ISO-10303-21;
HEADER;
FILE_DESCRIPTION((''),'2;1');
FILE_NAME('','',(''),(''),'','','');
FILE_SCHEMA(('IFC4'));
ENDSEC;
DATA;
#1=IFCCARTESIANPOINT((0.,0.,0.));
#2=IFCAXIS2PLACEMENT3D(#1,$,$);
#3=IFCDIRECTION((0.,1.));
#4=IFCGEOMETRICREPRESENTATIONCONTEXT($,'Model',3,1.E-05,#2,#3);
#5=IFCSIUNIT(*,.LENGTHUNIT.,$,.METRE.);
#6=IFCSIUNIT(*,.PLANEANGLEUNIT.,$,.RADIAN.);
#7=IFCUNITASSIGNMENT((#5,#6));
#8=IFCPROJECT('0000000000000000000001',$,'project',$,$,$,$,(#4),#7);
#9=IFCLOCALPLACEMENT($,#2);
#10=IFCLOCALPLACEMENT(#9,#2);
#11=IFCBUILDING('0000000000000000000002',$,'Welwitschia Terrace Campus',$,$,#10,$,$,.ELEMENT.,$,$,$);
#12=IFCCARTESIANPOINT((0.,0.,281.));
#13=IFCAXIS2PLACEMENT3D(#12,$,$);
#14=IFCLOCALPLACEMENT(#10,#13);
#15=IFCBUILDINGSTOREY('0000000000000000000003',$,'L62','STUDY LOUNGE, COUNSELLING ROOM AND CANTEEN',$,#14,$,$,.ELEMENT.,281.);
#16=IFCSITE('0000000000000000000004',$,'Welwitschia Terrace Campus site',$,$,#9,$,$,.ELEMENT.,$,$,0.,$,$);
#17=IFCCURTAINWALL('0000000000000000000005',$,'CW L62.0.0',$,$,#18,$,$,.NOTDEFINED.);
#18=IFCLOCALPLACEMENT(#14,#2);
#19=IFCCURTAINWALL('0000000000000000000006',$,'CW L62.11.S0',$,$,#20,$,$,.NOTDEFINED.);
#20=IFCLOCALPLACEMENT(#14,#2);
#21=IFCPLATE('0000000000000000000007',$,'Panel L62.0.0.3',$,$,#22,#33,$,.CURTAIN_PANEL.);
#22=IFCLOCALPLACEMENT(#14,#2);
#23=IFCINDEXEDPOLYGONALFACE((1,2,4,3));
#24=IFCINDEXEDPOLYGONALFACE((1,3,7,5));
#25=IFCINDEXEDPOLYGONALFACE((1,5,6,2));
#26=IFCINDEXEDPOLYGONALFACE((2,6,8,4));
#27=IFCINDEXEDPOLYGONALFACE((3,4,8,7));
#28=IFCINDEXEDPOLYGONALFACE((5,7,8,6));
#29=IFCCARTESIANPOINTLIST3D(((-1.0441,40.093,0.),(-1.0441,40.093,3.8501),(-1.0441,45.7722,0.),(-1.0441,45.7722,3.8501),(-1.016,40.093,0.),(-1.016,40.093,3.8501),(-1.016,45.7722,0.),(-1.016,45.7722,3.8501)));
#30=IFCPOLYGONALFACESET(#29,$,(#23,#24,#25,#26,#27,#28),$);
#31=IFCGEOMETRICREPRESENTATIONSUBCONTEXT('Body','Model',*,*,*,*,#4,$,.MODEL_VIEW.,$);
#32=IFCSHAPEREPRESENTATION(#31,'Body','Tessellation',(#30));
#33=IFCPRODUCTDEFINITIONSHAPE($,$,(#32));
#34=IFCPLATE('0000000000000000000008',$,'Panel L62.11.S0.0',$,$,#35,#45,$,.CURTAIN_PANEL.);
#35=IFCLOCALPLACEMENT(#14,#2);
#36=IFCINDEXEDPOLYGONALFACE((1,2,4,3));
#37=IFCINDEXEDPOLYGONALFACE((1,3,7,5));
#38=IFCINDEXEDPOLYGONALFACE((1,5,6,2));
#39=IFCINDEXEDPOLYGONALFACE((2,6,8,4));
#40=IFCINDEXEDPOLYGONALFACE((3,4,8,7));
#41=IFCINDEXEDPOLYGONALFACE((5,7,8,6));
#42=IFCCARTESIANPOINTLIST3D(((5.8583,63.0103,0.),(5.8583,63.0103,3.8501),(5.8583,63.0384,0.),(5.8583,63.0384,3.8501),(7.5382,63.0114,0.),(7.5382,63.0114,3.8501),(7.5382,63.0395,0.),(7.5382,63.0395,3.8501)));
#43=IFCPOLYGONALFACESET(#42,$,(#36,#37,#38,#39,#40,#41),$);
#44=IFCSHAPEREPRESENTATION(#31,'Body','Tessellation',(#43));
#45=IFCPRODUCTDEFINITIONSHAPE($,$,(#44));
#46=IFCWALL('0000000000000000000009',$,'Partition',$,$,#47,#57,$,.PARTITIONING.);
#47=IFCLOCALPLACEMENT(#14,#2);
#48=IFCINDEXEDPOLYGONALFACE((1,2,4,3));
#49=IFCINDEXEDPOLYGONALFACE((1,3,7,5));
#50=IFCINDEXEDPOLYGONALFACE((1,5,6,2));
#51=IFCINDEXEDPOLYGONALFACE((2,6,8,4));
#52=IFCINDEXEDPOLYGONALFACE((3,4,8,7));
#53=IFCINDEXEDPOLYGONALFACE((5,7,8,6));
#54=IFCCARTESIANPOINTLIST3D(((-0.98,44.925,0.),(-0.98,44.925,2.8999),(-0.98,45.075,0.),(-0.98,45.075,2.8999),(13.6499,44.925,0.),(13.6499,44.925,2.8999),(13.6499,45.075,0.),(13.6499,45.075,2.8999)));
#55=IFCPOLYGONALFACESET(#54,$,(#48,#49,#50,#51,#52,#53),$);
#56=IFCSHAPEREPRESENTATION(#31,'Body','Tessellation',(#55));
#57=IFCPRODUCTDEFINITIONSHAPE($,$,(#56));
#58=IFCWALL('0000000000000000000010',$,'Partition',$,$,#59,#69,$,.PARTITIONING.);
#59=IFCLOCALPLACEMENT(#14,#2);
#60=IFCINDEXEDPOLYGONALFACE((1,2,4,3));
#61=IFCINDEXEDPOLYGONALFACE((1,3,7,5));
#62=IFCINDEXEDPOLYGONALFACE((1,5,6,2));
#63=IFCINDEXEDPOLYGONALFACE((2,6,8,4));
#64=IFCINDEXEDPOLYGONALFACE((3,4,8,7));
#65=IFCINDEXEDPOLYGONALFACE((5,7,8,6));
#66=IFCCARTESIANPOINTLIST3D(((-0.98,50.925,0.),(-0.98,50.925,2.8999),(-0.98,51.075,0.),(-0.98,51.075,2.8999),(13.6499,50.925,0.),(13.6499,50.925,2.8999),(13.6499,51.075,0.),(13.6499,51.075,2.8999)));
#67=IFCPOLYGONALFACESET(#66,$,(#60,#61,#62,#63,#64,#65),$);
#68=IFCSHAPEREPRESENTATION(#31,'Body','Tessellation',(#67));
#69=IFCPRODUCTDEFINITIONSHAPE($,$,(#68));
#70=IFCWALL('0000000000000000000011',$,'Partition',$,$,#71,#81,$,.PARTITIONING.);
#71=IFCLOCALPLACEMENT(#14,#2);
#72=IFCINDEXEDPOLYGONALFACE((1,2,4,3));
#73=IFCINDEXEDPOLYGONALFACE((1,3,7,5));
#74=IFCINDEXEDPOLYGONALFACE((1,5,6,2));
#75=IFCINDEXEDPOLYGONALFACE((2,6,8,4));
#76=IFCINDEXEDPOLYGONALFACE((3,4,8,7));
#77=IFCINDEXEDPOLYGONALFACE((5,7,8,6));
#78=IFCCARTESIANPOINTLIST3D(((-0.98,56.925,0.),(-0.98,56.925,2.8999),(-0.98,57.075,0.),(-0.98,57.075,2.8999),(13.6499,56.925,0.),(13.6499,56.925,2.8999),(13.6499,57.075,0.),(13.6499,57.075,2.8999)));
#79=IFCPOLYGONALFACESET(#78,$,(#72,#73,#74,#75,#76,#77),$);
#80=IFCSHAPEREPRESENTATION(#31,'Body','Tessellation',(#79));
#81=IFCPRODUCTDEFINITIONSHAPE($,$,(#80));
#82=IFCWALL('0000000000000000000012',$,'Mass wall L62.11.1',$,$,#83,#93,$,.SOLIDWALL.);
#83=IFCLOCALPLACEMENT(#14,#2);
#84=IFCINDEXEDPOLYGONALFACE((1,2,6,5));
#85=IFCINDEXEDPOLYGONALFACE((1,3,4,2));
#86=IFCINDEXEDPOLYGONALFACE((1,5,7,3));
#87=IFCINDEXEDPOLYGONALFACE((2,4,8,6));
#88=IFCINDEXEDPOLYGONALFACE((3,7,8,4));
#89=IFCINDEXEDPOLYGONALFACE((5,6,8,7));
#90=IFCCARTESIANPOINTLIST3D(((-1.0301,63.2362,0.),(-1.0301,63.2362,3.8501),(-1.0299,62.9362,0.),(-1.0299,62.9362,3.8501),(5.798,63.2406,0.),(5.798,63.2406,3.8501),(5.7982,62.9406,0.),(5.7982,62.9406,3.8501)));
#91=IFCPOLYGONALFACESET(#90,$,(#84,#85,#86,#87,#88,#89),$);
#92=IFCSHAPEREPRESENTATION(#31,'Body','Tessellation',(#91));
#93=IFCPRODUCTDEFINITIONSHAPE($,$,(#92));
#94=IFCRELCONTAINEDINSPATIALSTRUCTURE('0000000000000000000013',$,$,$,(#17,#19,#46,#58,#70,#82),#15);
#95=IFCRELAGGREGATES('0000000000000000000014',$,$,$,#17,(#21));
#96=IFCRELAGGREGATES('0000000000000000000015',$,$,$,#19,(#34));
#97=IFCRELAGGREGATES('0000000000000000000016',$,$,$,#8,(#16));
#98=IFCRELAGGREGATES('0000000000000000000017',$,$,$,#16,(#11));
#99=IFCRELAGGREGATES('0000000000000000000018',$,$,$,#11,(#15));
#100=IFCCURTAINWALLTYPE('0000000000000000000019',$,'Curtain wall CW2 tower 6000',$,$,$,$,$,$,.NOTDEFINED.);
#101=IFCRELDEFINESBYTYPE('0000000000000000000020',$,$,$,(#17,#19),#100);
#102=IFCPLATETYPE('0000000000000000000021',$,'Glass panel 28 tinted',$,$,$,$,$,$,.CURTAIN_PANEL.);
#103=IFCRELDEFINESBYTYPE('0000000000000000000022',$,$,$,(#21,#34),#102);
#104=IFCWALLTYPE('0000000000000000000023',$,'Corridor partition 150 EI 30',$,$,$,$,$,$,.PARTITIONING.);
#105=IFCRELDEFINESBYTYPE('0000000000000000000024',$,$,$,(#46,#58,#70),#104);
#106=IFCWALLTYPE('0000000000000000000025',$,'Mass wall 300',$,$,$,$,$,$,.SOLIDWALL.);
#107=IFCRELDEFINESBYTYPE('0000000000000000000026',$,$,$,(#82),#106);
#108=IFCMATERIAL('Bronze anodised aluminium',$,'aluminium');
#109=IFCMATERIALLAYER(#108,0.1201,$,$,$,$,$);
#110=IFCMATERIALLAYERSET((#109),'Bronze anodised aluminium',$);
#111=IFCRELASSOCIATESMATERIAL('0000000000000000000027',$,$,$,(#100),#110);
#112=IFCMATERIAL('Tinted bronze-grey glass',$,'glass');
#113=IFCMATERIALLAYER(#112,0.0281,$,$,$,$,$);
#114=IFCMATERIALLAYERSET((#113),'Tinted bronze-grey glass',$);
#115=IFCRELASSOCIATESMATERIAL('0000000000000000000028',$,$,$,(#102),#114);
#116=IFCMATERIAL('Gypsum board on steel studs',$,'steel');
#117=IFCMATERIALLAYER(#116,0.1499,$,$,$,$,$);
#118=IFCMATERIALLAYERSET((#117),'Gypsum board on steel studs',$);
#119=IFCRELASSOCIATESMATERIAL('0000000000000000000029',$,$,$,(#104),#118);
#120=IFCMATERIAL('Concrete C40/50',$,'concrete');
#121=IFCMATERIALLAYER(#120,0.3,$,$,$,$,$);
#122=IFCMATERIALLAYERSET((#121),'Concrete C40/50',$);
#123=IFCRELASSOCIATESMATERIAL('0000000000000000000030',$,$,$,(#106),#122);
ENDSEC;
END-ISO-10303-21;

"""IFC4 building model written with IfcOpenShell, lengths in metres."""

from ifc_helpers import new_model, si_unit, direction, frame, frame_2d, origin, origin_2d, place, context, subcontext, project, spatial, rectangle, extrude, material, layer, layer_set, type_object, element, aggregate, save


model = new_model("IFC4")

# Units and contexts
model_context = context("Model", 3, precision=1e-05, world=origin(), true_north=direction((0.0, 1.0)))
body_context = subcontext(model_context, "Body", "Model", "MODEL_VIEW")
ifc_project = project(units=[si_unit("LENGTHUNIT", "METRE"), si_unit("PLANEANGLEUNIT", "RADIAN")], contexts=[model_context])

# Site, building, storey
site_placement = place(None, origin())
site = spatial("IfcSite", under=ifc_project, at=site_placement, Name="Welwitschia Terrace Campus site", CompositionType="ELEMENT", RefElevation=0.0)
building_placement = place(site_placement, origin())
building = spatial("IfcBuilding", under=site, at=building_placement, Name="Welwitschia Terrace Campus", CompositionType="ELEMENT")
storey_placement = place(building_placement, frame((0.0, 0.0, 281.0)))
storey = spatial("IfcBuildingStorey", under=building, at=storey_placement, Name="L62", Description="STUDY LOUNGE, COUNSELLING ROOM AND CANTEEN", CompositionType="ELEMENT", Elevation=281.0)

# Curtain walls
ifc_material_1 = material(Name="Bronze anodised aluminium", Category="aluminium")
ifc_layer_1 = layer(ifc_material_1, 0.1201)
ifc_layer_set_1 = layer_set([ifc_layer_1], Name="Bronze anodised aluminium")
curtain_wall_type = type_object("IfcCurtainWallType", Name="Curtain wall CW2 tower 6000", PredefinedType="NOTDEFINED", material=ifc_layer_set_1)
curtain_wall_1_placement = place(storey_placement, origin())
curtain_wall_1 = element("IfcCurtainWall", 1, at=curtain_wall_1_placement, inside=storey, type_object=curtain_wall_type, Name="CW L62.0.0", PredefinedType="NOTDEFINED")
curtain_wall_2_placement = place(storey_placement, origin())
curtain_wall_2 = element("IfcCurtainWall", 2, at=curtain_wall_2_placement, inside=storey, type_object=curtain_wall_type, Name="CW L62.11.S0", PredefinedType="NOTDEFINED")

# Plates
ifc_material_2 = material(Name="Tinted bronze-grey glass", Category="glass")
ifc_layer_2 = layer(ifc_material_2, 0.0281)
ifc_layer_set_2 = layer_set([ifc_layer_2], Name="Tinted bronze-grey glass")
plate_type = type_object("IfcPlateType", Name="Glass panel 28 tinted", PredefinedType="CURTAIN_PANEL", material=ifc_layer_set_2)
plate_1_placement = place(storey_placement, frame((-1.03, 42.9326, 0.0), z_axis=(0.0, 0.0, 1.0), x_axis=(0.0, -1.0, 0.0)))
plate_1 = element("IfcPlate", 3, at=plate_1_placement, type_object=plate_type, Name="Panel L62.0.0.3", PredefinedType="CURTAIN_PANEL", context=body_context, shape_type="SweptSolid", body=[
    extrude(rectangle(XDim=5.6792, YDim=0.0281, at=origin_2d()), origin(), (0.0, 0.0, 1.0), 3.8501),
])
aggregate(curtain_wall_1, [plate_1])
plate_2_placement = place(storey_placement, frame((6.6982, 63.0249, 0.0), z_axis=(0.0, 0.0, 1.0), x_axis=(-1.0, -0.000648, 0.0)))
plate_2 = element("IfcPlate", 4, at=plate_2_placement, type_object=plate_type, Name="Panel L62.11.S0.0", PredefinedType="CURTAIN_PANEL", context=body_context, shape_type="SweptSolid", body=[
    extrude(rectangle(XDim=1.6799, YDim=0.0281, at=origin_2d()), origin(), (0.0, 0.0, 1.0), 3.8501),
])
aggregate(curtain_wall_2, [plate_2])

# Walls
ifc_material_3 = material(Name="Gypsum board on steel studs", Category="steel")
ifc_layer_3 = layer(ifc_material_3, 0.1499)
ifc_layer_set_3 = layer_set([ifc_layer_3], Name="Gypsum board on steel studs")
wall_type_1 = type_object("IfcWallType", Name="Corridor partition 150 EI 30", PredefinedType="PARTITIONING", material=ifc_layer_set_3)
for number, where, z_axis, x_axis, name in (
    (5, (-0.98, 45.0, 0.0), (0.0, 0.0, 1.0), (1.0, 0.0, 0.0), "Partition"),
    (6, (-0.98, 51.0, 0.0), (0.0, 0.0, 1.0), (1.0, 0.0, 0.0), "Partition"),
    (7, (-0.98, 57.0, 0.0), (0.0, 0.0, 1.0), (1.0, 0.0, 0.0), "Partition"),
):
    element("IfcWall", number, at=place(storey_placement, frame(where, z_axis=z_axis, x_axis=x_axis)), inside=storey, type_object=wall_type_1, Name=name, PredefinedType="PARTITIONING", context=body_context, shape_type="SweptSolid", body=[
        extrude(rectangle(XDim=14.6299, YDim=0.1499, at=frame_2d((7.3149, 0.0))), origin(), (0.0, 0.0, 1.0), 2.8999),
    ])
ifc_material_4 = material(Name="Concrete C40/50", Category="concrete")
ifc_layer_4 = layer(ifc_material_4, 0.3)
ifc_layer_set_4 = layer_set([ifc_layer_4], Name="Concrete C40/50")
wall_type_2 = type_object("IfcWallType", Name="Mass wall 300", PredefinedType="SOLIDWALL", material=ifc_layer_set_4)
wall_placement = place(storey_placement, frame((5.7981, 63.0906, 0.0), z_axis=(0.0, 0.0, 1.0), x_axis=(-1.0, -0.000644, 0.0)))
element("IfcWall", 8, at=wall_placement, inside=storey, type_object=wall_type_2, Name="Mass wall L62.11.1", PredefinedType="SOLIDWALL", context=body_context, shape_type="SweptSolid", body=[
    extrude(rectangle(XDim=6.8281, YDim=0.3, at=frame_2d((3.4141, 0.0))), origin(), (0.0, 0.0, 1.0), 3.8501),
])

save(model, "model.ifc")
